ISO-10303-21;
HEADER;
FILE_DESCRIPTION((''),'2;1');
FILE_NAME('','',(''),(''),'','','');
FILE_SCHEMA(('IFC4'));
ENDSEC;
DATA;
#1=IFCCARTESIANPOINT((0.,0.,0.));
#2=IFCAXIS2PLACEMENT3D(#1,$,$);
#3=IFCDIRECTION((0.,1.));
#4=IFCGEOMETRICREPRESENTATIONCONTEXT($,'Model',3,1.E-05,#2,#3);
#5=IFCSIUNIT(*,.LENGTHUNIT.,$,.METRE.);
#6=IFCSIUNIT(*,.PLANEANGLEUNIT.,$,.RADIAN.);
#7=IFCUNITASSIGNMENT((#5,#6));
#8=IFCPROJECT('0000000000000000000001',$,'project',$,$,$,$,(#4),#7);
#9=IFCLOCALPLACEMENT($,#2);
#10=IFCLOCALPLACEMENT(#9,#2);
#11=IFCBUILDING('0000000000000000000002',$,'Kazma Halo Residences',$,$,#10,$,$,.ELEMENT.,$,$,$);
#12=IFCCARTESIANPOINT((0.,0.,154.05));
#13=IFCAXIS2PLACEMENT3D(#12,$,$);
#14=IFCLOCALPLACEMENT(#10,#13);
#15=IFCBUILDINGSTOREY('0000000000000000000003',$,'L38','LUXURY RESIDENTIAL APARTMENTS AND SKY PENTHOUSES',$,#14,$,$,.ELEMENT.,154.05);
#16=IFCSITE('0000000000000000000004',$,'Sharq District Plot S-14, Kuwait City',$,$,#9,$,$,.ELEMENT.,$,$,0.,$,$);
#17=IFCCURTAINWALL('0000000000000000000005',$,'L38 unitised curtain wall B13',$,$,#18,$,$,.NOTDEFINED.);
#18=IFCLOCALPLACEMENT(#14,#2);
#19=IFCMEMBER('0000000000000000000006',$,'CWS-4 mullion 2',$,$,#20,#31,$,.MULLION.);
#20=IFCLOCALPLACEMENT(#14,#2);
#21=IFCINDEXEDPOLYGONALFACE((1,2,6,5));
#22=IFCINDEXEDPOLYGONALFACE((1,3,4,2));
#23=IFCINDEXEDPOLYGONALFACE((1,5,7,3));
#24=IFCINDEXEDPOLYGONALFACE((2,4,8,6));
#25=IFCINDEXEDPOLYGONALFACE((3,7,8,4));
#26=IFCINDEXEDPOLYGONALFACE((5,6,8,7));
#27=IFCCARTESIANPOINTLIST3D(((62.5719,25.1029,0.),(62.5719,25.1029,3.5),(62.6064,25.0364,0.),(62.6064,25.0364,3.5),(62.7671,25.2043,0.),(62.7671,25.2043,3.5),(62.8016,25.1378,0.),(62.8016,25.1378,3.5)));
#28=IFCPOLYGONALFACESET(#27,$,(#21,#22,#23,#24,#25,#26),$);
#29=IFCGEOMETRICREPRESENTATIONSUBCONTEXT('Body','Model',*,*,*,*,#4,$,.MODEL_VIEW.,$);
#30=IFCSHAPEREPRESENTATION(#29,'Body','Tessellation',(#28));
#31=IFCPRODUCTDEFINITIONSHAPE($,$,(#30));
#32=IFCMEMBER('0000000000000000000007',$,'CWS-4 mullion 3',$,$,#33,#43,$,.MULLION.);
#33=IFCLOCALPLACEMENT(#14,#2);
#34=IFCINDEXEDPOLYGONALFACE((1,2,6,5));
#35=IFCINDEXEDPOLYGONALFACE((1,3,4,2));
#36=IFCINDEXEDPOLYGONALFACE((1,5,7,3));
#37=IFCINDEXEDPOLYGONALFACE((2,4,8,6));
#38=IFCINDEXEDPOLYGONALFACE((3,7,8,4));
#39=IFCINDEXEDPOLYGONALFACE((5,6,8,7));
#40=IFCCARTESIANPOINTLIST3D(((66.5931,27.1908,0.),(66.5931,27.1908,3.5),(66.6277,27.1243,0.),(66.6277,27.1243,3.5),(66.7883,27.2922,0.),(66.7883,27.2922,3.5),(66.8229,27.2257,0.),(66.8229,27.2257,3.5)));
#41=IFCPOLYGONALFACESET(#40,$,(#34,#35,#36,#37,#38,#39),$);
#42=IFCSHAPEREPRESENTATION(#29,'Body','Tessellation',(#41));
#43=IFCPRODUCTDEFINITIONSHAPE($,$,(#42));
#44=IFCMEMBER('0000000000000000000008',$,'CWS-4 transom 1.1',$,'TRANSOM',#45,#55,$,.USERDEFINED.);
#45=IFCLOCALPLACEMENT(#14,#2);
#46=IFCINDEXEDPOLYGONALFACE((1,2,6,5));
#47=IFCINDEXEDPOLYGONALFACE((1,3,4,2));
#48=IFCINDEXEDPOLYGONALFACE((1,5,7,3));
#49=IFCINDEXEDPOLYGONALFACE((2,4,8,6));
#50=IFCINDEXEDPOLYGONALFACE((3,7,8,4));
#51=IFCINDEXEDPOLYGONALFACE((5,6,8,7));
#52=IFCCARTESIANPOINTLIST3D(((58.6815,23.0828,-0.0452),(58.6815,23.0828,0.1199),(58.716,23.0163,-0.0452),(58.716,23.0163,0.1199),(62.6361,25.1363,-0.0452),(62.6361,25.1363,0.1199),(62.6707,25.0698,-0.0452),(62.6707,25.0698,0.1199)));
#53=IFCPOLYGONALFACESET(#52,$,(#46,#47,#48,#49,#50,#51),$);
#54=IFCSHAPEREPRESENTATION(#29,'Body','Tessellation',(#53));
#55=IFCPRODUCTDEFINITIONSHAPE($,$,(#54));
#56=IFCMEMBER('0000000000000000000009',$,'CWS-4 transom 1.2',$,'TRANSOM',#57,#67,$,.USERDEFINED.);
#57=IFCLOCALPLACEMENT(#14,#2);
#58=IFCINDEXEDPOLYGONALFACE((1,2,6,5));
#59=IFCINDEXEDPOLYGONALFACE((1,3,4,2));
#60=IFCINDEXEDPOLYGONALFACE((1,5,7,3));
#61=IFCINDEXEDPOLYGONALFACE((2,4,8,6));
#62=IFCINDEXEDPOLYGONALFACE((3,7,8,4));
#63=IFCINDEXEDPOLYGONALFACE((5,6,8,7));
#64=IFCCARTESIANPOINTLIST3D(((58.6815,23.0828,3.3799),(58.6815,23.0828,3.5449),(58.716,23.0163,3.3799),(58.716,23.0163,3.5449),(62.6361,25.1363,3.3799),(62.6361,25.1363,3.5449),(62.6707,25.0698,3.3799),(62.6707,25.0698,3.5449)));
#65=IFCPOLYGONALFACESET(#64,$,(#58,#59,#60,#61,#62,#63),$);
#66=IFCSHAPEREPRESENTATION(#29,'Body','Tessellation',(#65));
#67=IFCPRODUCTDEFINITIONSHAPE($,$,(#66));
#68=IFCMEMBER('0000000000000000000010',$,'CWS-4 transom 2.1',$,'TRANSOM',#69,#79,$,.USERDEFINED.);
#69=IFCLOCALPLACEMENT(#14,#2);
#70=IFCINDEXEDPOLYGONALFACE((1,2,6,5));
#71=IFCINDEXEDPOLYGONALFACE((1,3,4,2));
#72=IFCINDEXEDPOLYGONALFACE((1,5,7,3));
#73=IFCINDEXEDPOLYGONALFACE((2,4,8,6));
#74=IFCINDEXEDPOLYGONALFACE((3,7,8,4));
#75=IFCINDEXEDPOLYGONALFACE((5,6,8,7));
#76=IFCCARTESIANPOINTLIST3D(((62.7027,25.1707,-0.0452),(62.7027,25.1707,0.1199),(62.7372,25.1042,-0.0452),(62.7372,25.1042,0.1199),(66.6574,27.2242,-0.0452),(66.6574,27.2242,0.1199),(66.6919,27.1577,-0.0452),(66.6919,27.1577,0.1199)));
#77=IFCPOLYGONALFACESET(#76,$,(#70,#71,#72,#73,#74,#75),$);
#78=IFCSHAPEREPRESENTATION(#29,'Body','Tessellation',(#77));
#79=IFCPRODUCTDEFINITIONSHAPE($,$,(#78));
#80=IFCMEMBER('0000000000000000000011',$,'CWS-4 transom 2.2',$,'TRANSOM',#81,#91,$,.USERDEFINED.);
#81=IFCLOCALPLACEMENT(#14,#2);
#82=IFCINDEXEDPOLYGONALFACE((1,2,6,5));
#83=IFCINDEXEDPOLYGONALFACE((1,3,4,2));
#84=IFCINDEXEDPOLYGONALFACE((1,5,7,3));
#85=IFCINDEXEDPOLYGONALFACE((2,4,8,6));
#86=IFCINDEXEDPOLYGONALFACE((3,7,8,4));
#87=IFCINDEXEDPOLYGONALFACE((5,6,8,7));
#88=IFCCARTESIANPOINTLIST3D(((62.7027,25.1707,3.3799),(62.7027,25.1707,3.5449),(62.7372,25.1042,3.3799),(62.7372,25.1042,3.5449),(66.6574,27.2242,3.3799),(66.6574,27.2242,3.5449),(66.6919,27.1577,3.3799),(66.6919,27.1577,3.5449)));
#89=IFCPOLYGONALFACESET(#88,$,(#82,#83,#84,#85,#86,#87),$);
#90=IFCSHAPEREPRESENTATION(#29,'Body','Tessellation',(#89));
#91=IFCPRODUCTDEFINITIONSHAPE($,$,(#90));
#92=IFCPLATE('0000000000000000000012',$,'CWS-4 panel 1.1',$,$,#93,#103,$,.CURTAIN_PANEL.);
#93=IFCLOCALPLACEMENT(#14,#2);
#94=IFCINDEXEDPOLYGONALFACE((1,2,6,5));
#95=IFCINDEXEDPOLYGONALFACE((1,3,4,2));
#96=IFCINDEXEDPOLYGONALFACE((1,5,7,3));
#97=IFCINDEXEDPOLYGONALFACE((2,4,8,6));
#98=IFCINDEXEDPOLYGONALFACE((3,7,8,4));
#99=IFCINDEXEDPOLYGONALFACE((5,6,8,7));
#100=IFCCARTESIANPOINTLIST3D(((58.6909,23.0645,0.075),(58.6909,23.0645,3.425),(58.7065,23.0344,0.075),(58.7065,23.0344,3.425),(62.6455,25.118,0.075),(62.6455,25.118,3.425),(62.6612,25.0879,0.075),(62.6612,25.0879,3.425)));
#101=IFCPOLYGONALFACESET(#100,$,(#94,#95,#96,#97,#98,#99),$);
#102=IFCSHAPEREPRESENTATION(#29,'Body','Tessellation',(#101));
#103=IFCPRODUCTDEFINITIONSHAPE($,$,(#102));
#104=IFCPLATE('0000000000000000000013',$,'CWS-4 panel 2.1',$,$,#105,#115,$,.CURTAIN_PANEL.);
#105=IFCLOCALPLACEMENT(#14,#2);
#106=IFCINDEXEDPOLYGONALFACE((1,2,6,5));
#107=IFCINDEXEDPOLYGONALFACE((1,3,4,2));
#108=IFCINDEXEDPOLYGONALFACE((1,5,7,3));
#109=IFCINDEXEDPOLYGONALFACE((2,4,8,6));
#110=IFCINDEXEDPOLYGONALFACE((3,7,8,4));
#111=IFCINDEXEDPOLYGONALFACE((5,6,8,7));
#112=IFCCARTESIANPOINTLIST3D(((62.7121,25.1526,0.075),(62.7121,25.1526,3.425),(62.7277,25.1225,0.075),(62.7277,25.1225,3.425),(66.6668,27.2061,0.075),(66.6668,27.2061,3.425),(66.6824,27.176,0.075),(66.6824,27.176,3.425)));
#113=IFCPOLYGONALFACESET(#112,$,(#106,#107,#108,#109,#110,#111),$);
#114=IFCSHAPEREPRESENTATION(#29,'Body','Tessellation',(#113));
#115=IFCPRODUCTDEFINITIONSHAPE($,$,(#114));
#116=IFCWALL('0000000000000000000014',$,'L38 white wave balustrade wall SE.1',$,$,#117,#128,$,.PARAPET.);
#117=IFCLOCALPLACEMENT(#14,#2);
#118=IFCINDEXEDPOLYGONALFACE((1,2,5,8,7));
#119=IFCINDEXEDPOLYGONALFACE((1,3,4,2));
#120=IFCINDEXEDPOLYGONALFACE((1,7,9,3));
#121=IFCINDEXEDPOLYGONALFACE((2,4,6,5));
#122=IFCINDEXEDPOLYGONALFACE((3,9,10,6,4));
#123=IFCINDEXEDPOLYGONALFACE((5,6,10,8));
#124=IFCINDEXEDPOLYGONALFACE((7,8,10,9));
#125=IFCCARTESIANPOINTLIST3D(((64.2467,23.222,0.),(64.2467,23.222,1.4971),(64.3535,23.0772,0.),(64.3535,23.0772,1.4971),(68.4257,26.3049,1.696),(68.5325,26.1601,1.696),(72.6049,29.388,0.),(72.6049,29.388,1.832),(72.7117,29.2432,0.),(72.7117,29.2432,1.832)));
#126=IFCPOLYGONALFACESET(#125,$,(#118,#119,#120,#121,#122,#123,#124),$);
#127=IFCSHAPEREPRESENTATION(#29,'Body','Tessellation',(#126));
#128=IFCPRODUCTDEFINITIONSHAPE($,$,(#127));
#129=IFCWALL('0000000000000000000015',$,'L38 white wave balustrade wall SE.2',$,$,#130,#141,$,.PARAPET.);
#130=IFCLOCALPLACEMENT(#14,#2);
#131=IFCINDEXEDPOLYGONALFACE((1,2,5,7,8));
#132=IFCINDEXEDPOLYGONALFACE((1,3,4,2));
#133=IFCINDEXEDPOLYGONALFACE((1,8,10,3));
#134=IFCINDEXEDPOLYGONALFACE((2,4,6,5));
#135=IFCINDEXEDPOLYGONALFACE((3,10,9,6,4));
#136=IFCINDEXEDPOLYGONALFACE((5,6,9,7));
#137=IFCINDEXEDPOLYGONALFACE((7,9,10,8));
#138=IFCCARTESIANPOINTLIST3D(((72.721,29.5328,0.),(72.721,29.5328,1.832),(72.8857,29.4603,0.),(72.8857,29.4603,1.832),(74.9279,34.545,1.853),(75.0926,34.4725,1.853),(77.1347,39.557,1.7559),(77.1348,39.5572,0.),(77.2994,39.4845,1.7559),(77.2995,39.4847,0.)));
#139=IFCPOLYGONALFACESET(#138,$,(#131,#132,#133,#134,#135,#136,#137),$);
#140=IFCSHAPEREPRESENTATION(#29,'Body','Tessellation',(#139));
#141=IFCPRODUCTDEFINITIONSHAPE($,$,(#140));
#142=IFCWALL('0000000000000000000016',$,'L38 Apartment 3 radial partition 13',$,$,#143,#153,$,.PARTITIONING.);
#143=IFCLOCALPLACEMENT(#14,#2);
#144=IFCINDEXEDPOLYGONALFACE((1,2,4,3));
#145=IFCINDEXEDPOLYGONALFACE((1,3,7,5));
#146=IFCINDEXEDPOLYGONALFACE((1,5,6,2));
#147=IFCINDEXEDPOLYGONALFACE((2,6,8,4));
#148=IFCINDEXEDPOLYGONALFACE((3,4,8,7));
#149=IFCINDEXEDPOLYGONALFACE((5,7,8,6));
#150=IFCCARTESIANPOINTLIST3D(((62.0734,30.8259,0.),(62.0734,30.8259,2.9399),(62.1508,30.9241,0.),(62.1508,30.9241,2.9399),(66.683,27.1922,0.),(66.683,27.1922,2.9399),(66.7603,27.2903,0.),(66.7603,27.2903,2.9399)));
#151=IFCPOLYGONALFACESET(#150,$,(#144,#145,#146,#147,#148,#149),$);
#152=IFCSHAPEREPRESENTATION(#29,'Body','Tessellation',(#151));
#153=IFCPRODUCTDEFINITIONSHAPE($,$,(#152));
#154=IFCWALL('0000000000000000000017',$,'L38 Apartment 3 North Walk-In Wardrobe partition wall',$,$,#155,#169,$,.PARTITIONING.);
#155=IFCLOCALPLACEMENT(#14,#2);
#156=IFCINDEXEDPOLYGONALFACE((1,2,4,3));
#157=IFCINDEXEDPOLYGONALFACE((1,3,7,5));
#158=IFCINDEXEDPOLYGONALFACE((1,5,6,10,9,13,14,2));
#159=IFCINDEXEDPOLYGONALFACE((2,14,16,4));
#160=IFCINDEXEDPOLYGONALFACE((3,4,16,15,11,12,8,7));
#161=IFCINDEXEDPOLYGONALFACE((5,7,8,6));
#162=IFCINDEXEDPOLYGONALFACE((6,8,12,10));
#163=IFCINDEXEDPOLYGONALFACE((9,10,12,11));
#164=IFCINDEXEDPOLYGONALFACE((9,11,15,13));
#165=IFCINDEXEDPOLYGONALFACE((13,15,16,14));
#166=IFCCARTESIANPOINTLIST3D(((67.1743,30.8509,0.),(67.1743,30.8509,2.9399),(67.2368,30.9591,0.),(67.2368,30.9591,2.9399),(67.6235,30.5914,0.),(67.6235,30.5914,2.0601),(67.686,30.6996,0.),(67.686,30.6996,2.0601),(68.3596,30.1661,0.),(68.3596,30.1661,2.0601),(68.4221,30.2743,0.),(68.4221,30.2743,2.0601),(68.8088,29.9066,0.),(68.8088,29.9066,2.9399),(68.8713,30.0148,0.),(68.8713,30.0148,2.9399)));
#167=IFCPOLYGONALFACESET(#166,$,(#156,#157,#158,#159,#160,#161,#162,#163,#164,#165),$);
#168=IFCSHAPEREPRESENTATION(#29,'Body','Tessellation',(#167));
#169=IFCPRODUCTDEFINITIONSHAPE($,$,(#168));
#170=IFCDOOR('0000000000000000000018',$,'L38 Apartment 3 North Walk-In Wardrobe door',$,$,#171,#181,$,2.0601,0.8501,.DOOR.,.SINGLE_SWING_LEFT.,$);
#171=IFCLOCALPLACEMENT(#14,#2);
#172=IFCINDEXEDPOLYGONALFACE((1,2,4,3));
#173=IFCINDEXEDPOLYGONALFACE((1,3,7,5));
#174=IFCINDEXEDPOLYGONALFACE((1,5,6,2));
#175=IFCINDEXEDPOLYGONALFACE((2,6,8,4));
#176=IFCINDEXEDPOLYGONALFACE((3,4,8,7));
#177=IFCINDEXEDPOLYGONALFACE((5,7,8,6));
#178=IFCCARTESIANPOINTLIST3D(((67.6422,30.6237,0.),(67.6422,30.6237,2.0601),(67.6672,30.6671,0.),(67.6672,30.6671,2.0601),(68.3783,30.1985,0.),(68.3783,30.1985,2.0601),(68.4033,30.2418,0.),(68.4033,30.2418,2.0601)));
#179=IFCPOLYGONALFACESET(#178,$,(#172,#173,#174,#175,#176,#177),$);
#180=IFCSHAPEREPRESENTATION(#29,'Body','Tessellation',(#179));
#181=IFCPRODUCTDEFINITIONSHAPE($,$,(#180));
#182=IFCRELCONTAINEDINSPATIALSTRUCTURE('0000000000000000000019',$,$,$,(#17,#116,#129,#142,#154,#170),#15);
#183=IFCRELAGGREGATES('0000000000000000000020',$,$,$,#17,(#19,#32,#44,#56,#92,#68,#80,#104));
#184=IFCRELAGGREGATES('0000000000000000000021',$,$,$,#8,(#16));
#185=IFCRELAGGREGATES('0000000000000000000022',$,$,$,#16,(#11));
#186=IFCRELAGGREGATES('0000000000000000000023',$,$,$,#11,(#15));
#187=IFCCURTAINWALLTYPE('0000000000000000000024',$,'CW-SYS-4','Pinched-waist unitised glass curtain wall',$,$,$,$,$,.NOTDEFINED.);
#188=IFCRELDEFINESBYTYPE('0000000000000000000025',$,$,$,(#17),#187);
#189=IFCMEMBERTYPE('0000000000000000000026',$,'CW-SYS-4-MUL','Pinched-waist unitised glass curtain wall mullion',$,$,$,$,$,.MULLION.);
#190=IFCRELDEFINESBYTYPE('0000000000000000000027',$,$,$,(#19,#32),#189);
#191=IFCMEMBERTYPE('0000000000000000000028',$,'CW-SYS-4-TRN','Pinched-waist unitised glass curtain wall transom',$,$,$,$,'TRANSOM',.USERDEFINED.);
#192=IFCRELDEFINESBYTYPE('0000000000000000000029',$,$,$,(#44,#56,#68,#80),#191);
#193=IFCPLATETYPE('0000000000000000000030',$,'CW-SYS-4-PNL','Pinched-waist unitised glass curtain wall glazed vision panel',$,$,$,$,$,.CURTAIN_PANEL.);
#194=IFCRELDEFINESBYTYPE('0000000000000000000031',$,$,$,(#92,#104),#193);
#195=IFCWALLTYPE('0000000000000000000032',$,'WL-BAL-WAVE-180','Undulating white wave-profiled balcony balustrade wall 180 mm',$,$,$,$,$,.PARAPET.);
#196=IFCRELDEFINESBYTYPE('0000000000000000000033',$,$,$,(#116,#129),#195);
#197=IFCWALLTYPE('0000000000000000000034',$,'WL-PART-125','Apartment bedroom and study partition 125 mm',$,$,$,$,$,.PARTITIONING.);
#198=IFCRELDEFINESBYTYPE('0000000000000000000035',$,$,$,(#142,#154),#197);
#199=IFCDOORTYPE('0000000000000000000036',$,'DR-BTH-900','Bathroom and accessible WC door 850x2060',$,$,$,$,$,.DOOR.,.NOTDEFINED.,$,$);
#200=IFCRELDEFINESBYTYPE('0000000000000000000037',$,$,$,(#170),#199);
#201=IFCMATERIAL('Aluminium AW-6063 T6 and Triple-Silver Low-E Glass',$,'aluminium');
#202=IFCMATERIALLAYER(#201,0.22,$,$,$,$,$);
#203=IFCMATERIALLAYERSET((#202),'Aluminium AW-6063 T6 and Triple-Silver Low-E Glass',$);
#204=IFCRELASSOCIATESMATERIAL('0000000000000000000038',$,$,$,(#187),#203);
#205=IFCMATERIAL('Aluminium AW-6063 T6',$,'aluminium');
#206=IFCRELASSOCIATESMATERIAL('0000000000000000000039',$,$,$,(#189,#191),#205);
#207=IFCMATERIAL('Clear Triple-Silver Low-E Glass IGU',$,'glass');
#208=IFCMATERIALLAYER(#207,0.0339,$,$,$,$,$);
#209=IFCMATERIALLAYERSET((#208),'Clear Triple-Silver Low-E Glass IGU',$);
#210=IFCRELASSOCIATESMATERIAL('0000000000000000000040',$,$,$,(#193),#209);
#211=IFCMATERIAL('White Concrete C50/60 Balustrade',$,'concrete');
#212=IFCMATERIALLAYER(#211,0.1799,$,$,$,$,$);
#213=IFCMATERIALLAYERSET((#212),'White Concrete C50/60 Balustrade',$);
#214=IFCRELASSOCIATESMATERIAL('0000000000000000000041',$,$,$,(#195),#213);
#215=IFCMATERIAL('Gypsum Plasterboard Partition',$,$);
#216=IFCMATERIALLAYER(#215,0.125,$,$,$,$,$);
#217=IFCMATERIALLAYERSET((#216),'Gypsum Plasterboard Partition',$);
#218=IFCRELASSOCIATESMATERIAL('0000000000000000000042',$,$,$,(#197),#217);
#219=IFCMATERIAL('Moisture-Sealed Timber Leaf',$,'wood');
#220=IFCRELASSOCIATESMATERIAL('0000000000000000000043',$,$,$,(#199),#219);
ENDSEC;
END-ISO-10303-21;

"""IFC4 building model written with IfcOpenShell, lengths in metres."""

from ifc_helpers import new_model, si_unit, direction, frame, frame_2d, origin, origin_2d, place, context, subcontext, project, spatial, polyline, rectangle, outline, extrude, material, layer, layer_set, material_profile, profile_set, type_object, element, fill, aggregate, save


model = new_model("IFC4")

# Units and contexts
model_context = context("Model", 3, precision=1e-05, world=origin(), true_north=direction((0.0, 1.0)))
body_context = subcontext(model_context, "Body", "Model", "MODEL_VIEW")
ifc_project = project(units=[si_unit("LENGTHUNIT", "METRE"), si_unit("PLANEANGLEUNIT", "RADIAN")], contexts=[model_context])

# Site, building, storey
site_placement = place(None, origin())
site = spatial("IfcSite", under=ifc_project, at=site_placement, Name="Sharq District Plot S-14, Kuwait City", CompositionType="ELEMENT", RefElevation=0.0)
building_placement = place(site_placement, origin())
building = spatial("IfcBuilding", under=site, at=building_placement, Name="Kazma Halo Residences", CompositionType="ELEMENT")
storey_placement = place(building_placement, frame((0.0, 0.0, 154.05)))
storey = spatial("IfcBuildingStorey", under=building, at=storey_placement, Name="L38", Description="LUXURY RESIDENTIAL APARTMENTS AND SKY PENTHOUSES", CompositionType="ELEMENT", Elevation=154.05)

# Curtain wall, members, plates
ifc_material_1 = material(Name="Aluminium AW-6063 T6 and Triple-Silver Low-E Glass", Category="aluminium")
ifc_layer_1 = layer(ifc_material_1, 0.22)
ifc_layer_set_1 = layer_set([ifc_layer_1], Name="Aluminium AW-6063 T6 and Triple-Silver Low-E Glass")
curtain_wall_type = type_object("IfcCurtainWallType", Name="CW-SYS-4", Description="Pinched-waist unitised glass curtain wall", PredefinedType="NOTDEFINED", material=ifc_layer_set_1)
curtain_wall_placement = place(storey_placement, origin())
curtain_wall = element("IfcCurtainWall", 1, at=curtain_wall_placement, inside=storey, type_object=curtain_wall_type, Name="L38 unitised curtain wall B13", PredefinedType="NOTDEFINED")
ifc_material_2 = material(Name="Aluminium AW-6063 T6", Category="aluminium")
ifc_material_profile_1 = material_profile(ifc_material_2, rectangle(XDim=0.075, YDim=0.22, at=origin_2d()), Name="CWM-75x220")
ifc_profile_set_1 = profile_set([ifc_material_profile_1], Name="Aluminium AW-6063 T6")
member_type_1 = type_object("IfcMemberType", Name="CW-SYS-4-MUL", Description="Pinched-waist unitised glass curtain wall mullion", PredefinedType="MULLION", material=ifc_profile_set_1)
member_1_placement = place(storey_placement, frame((62.6868, 25.1204, 0.0), z_axis=(0.0, 0.0, 1.0), x_axis=(-0.460837, 0.887485, 0.0)))
member_1 = element("IfcMember", 2, at=member_1_placement, type_object=member_type_1, Name="CWS-4 mullion 2", PredefinedType="MULLION", context=body_context, shape_type="SweptSolid", body=[
    extrude(rectangle(XDim=0.075, YDim=0.22, at=origin_2d()), origin(), (0.0, 0.0, 1.0), 3.5),
])
member_2_placement = place(storey_placement, frame((66.708, 27.2083, 0.0), z_axis=(0.0, 0.0, 1.0), x_axis=(-0.460837, 0.887485, 0.0)))
member_2 = element("IfcMember", 3, at=member_2_placement, type_object=member_type_1, Name="CWS-4 mullion 3", PredefinedType="MULLION", context=body_context, shape_type="SweptSolid", body=[
    extrude(rectangle(XDim=0.075, YDim=0.22, at=origin_2d()), origin(), (0.0, 0.0, 1.0), 3.5),
])
ifc_material_profile_2 = material_profile(ifc_material_2, rectangle(XDim=0.075, YDim=0.165, at=origin_2d()), Name="CWT-75x165")
ifc_profile_set_2 = profile_set([ifc_material_profile_2], Name="Aluminium AW-6063 T6")
member_type_2 = type_object("IfcMemberType", Name="CW-SYS-4-TRN", Description="Pinched-waist unitised glass curtain wall transom", ElementType="TRANSOM", PredefinedType="USERDEFINED", material=ifc_profile_set_2)
member_3_placement = place(storey_placement, frame((58.6987, 23.0496, 0.0374), z_axis=(0.887485, 0.460837, 0.0), x_axis=(-0.460837, 0.887485, 0.0)))
member_3 = element("IfcMember", 4, at=member_3_placement, type_object=member_type_2, Name="CWS-4 transom 1.1", ObjectType="TRANSOM", PredefinedType="USERDEFINED", context=body_context, shape_type="SweptSolid", body=[
    extrude(rectangle(XDim=0.075, YDim=0.165, at=origin_2d()), origin(), (0.0, 0.0, 1.0), 4.4561),
])
member_4_placement = place(storey_placement, frame((58.6987, 23.0496, 3.4624), z_axis=(0.887485, 0.460837, 0.0), x_axis=(-0.460837, 0.887485, 0.0)))
member_4 = element("IfcMember", 5, at=member_4_placement, type_object=member_type_2, Name="CWS-4 transom 1.2", ObjectType="TRANSOM", PredefinedType="USERDEFINED", context=body_context, shape_type="SweptSolid", body=[
    extrude(rectangle(XDim=0.075, YDim=0.165, at=origin_2d()), origin(), (0.0, 0.0, 1.0), 4.4561),
])
member_5_placement = place(storey_placement, frame((62.72, 25.1375, 0.0374), z_axis=(0.887485, 0.460837, 0.0), x_axis=(-0.460837, 0.887485, 0.0)))
member_5 = element("IfcMember", 6, at=member_5_placement, type_object=member_type_2, Name="CWS-4 transom 2.1", ObjectType="TRANSOM", PredefinedType="USERDEFINED", context=body_context, shape_type="SweptSolid", body=[
    extrude(rectangle(XDim=0.075, YDim=0.165, at=origin_2d()), origin(), (0.0, 0.0, 1.0), 4.4561),
])
member_6_placement = place(storey_placement, frame((62.72, 25.1375, 3.4624), z_axis=(0.887485, 0.460837, 0.0), x_axis=(-0.460837, 0.887485, 0.0)))
member_6 = element("IfcMember", 7, at=member_6_placement, type_object=member_type_2, Name="CWS-4 transom 2.2", ObjectType="TRANSOM", PredefinedType="USERDEFINED", context=body_context, shape_type="SweptSolid", body=[
    extrude(rectangle(XDim=0.075, YDim=0.165, at=origin_2d()), origin(), (0.0, 0.0, 1.0), 4.4561),
])
ifc_material_3 = material(Name="Clear Triple-Silver Low-E Glass IGU", Category="glass")
ifc_layer_2 = layer(ifc_material_3, 0.0339)
ifc_layer_set_2 = layer_set([ifc_layer_2], Name="Clear Triple-Silver Low-E Glass IGU")
plate_type = type_object("IfcPlateType", Name="CW-SYS-4-PNL", Description="Pinched-waist unitised glass curtain wall glazed vision panel", PredefinedType="CURTAIN_PANEL", material=ifc_layer_set_2)
plate_1_placement = place(storey_placement, frame((60.676, 24.0762, 0.075), z_axis=(0.0, 0.0, 1.0), x_axis=(0.887485, 0.460837, 0.0)))
plate_1 = element("IfcPlate", 8, at=plate_1_placement, type_object=plate_type, Name="CWS-4 panel 1.1", PredefinedType="CURTAIN_PANEL", context=body_context, shape_type="SweptSolid", body=[
    extrude(rectangle(XDim=4.4561, YDim=0.0339, at=origin_2d()), origin(), (0.0, 0.0, 1.0), 3.3501),
])
plate_2_placement = place(storey_placement, frame((64.6973, 26.1643, 0.075), z_axis=(0.0, 0.0, 1.0), x_axis=(0.887485, 0.460837, 0.0)))
plate_2 = element("IfcPlate", 9, at=plate_2_placement, type_object=plate_type, Name="CWS-4 panel 2.1", PredefinedType="CURTAIN_PANEL", context=body_context, shape_type="SweptSolid", body=[
    extrude(rectangle(XDim=4.4561, YDim=0.0339, at=origin_2d()), origin(), (0.0, 0.0, 1.0), 3.3501),
])
aggregate(curtain_wall, [member_1, member_2, member_3, member_4, plate_1, member_5, member_6, plate_2])

# Walls
ifc_material_4 = material(Name="White Concrete C50/60 Balustrade", Category="concrete")
ifc_layer_3 = layer(ifc_material_4, 0.1799)
ifc_layer_set_3 = layer_set([ifc_layer_3], Name="White Concrete C50/60 Balustrade")
wall_type_1 = type_object("IfcWallType", Name="WL-BAL-WAVE-180", Description="Undulating white wave-profiled balcony balustrade wall 180 mm", PredefinedType="PARAPET", material=ifc_layer_set_3)
wall_1_placement = place(storey_placement, frame((64.3, 23.1497, 0.0), z_axis=(0.0, 0.0, 1.0), x_axis=(0.804717, 0.593659, 0.0)))
element("IfcWall", 10, at=wall_1_placement, inside=storey, type_object=wall_type_1, Name="L38 white wave balustrade wall SE.1", PredefinedType="PARAPET", context=body_context, shape_type="SweptSolid", body=[
    extrude(outline(polyline([(0.0, 0.0), (10.3865, 0.0), (10.3865, 1.832), (5.1931, 1.696), (0.0, 1.4971), (0.0, 0.0)])), frame((0.0, 0.0898, 0.0), z_axis=(0.0, -1.0, 0.0), x_axis=(1.0, 0.0, 0.0)), (0.0, 0.0, 1.0), 0.1799),
])
wall_2_placement = place(storey_placement, frame((72.8032, 29.4966, 0.0), z_axis=(0.0, 0.0, 1.0), x_axis=(0.402974, 0.915211, 0.0)))
element("IfcWall", 11, at=wall_2_placement, inside=storey, type_object=wall_type_1, Name="L38 white wave balustrade wall SE.2", PredefinedType="PARAPET", context=body_context, shape_type="SweptSolid", body=[
    extrude(outline(polyline([(0.0, 0.0), (10.9531, 0.0), (10.9529, 1.7559), (5.4766, 1.853), (0.0, 1.832), (0.0, 0.0)])), frame((0.0, 0.0898, 0.0), z_axis=(0.0, -1.0, 0.0), x_axis=(1.0, 0.0, 0.0)), (0.0, 0.0, 1.0), 0.1799),
])

# Wall
ifc_material_5 = material(Name="Gypsum Plasterboard Partition")
ifc_layer_4 = layer(ifc_material_5, 0.125)
ifc_layer_set_4 = layer_set([ifc_layer_4], Name="Gypsum Plasterboard Partition")
wall_type_2 = type_object("IfcWallType", Name="WL-PART-125", Description="Apartment bedroom and study partition 125 mm", PredefinedType="PARTITIONING", material=ifc_layer_set_4)
wall_3_placement = place(storey_placement, frame((62.1121, 30.875, 0.0), z_axis=(0.0, 0.0, 1.0), x_axis=(0.785329, -0.619079, 0.0)))
element("IfcWall", 12, at=wall_3_placement, inside=storey, type_object=wall_type_2, Name="L38 Apartment 3 radial partition 13", PredefinedType="PARTITIONING", context=body_context, shape_type="SweptSolid", body=[
    extrude(rectangle(XDim=5.8696, YDim=0.125, at=frame_2d((2.9348, 0.0))), origin(), (0.0, 0.0, 1.0), 2.9399),
])

# Wall, opening, door
wall_4_placement = place(storey_placement, frame((67.2056, 30.905, 0.0), z_axis=(0.0, 0.0, 1.0), x_axis=(0.865878, -0.500256, 0.0)))
wall_4 = element("IfcWall", 13, at=wall_4_placement, inside=storey, type_object=wall_type_2, Name="L38 Apartment 3 North Walk-In Wardrobe partition wall", PredefinedType="PARTITIONING", context=body_context, shape_type="SweptSolid", body=[
    extrude(rectangle(XDim=1.8877, YDim=0.125, at=frame_2d((0.9438, 0.0))), origin(), (0.0, 0.0, 1.0), 2.9399),
])
opening_1_placement = place(wall_4_placement, frame((0.5188, 0.0, 0.0)))
opening_1 = element("IfcOpeningElement", 14, at=opening_1_placement, cuts=wall_4, PredefinedType="OPENING", context=body_context, shape_type="SweptSolid", body=[
    extrude(rectangle(XDim=0.8501, YDim=2.0601, at=frame_2d((0.425, 1.03))), frame((0.0, 0.0725, 0.0), z_axis=(0.0, -1.0, 0.0), x_axis=(1.0, 0.0, 0.0)), (0.0, 0.0, 1.0), 0.145),
])
ifc_material_6 = material(Name="Moisture-Sealed Timber Leaf", Category="wood")
door_type_1 = type_object("IfcDoorType", Name="DR-BTH-900", Description="Bathroom and accessible WC door 850x2060", OperationType="NOTDEFINED", PredefinedType="DOOR", material=ifc_material_6)
door_1_placement = place(opening_1_placement, origin())
door_1 = element("IfcDoor", 15, at=door_1_placement, inside=storey, type_object=door_type_1, Name="L38 Apartment 3 North Walk-In Wardrobe door", OperationType="SINGLE_SWING_LEFT", OverallHeight=2.0601, OverallWidth=0.8501, PredefinedType="DOOR", context=body_context, shape_type="SweptSolid", body=[
    extrude(rectangle(XDim=0.8501, YDim=2.0601, at=frame_2d((0.425, 1.03))), frame((0.0, 0.0249, 0.0), z_axis=(0.0, -1.0, 0.0), x_axis=(1.0, 0.0, 0.0)), (0.0, 0.0, 1.0), 0.05),
])
fill(opening_1, door_1)

save(model, "model.ifc")
